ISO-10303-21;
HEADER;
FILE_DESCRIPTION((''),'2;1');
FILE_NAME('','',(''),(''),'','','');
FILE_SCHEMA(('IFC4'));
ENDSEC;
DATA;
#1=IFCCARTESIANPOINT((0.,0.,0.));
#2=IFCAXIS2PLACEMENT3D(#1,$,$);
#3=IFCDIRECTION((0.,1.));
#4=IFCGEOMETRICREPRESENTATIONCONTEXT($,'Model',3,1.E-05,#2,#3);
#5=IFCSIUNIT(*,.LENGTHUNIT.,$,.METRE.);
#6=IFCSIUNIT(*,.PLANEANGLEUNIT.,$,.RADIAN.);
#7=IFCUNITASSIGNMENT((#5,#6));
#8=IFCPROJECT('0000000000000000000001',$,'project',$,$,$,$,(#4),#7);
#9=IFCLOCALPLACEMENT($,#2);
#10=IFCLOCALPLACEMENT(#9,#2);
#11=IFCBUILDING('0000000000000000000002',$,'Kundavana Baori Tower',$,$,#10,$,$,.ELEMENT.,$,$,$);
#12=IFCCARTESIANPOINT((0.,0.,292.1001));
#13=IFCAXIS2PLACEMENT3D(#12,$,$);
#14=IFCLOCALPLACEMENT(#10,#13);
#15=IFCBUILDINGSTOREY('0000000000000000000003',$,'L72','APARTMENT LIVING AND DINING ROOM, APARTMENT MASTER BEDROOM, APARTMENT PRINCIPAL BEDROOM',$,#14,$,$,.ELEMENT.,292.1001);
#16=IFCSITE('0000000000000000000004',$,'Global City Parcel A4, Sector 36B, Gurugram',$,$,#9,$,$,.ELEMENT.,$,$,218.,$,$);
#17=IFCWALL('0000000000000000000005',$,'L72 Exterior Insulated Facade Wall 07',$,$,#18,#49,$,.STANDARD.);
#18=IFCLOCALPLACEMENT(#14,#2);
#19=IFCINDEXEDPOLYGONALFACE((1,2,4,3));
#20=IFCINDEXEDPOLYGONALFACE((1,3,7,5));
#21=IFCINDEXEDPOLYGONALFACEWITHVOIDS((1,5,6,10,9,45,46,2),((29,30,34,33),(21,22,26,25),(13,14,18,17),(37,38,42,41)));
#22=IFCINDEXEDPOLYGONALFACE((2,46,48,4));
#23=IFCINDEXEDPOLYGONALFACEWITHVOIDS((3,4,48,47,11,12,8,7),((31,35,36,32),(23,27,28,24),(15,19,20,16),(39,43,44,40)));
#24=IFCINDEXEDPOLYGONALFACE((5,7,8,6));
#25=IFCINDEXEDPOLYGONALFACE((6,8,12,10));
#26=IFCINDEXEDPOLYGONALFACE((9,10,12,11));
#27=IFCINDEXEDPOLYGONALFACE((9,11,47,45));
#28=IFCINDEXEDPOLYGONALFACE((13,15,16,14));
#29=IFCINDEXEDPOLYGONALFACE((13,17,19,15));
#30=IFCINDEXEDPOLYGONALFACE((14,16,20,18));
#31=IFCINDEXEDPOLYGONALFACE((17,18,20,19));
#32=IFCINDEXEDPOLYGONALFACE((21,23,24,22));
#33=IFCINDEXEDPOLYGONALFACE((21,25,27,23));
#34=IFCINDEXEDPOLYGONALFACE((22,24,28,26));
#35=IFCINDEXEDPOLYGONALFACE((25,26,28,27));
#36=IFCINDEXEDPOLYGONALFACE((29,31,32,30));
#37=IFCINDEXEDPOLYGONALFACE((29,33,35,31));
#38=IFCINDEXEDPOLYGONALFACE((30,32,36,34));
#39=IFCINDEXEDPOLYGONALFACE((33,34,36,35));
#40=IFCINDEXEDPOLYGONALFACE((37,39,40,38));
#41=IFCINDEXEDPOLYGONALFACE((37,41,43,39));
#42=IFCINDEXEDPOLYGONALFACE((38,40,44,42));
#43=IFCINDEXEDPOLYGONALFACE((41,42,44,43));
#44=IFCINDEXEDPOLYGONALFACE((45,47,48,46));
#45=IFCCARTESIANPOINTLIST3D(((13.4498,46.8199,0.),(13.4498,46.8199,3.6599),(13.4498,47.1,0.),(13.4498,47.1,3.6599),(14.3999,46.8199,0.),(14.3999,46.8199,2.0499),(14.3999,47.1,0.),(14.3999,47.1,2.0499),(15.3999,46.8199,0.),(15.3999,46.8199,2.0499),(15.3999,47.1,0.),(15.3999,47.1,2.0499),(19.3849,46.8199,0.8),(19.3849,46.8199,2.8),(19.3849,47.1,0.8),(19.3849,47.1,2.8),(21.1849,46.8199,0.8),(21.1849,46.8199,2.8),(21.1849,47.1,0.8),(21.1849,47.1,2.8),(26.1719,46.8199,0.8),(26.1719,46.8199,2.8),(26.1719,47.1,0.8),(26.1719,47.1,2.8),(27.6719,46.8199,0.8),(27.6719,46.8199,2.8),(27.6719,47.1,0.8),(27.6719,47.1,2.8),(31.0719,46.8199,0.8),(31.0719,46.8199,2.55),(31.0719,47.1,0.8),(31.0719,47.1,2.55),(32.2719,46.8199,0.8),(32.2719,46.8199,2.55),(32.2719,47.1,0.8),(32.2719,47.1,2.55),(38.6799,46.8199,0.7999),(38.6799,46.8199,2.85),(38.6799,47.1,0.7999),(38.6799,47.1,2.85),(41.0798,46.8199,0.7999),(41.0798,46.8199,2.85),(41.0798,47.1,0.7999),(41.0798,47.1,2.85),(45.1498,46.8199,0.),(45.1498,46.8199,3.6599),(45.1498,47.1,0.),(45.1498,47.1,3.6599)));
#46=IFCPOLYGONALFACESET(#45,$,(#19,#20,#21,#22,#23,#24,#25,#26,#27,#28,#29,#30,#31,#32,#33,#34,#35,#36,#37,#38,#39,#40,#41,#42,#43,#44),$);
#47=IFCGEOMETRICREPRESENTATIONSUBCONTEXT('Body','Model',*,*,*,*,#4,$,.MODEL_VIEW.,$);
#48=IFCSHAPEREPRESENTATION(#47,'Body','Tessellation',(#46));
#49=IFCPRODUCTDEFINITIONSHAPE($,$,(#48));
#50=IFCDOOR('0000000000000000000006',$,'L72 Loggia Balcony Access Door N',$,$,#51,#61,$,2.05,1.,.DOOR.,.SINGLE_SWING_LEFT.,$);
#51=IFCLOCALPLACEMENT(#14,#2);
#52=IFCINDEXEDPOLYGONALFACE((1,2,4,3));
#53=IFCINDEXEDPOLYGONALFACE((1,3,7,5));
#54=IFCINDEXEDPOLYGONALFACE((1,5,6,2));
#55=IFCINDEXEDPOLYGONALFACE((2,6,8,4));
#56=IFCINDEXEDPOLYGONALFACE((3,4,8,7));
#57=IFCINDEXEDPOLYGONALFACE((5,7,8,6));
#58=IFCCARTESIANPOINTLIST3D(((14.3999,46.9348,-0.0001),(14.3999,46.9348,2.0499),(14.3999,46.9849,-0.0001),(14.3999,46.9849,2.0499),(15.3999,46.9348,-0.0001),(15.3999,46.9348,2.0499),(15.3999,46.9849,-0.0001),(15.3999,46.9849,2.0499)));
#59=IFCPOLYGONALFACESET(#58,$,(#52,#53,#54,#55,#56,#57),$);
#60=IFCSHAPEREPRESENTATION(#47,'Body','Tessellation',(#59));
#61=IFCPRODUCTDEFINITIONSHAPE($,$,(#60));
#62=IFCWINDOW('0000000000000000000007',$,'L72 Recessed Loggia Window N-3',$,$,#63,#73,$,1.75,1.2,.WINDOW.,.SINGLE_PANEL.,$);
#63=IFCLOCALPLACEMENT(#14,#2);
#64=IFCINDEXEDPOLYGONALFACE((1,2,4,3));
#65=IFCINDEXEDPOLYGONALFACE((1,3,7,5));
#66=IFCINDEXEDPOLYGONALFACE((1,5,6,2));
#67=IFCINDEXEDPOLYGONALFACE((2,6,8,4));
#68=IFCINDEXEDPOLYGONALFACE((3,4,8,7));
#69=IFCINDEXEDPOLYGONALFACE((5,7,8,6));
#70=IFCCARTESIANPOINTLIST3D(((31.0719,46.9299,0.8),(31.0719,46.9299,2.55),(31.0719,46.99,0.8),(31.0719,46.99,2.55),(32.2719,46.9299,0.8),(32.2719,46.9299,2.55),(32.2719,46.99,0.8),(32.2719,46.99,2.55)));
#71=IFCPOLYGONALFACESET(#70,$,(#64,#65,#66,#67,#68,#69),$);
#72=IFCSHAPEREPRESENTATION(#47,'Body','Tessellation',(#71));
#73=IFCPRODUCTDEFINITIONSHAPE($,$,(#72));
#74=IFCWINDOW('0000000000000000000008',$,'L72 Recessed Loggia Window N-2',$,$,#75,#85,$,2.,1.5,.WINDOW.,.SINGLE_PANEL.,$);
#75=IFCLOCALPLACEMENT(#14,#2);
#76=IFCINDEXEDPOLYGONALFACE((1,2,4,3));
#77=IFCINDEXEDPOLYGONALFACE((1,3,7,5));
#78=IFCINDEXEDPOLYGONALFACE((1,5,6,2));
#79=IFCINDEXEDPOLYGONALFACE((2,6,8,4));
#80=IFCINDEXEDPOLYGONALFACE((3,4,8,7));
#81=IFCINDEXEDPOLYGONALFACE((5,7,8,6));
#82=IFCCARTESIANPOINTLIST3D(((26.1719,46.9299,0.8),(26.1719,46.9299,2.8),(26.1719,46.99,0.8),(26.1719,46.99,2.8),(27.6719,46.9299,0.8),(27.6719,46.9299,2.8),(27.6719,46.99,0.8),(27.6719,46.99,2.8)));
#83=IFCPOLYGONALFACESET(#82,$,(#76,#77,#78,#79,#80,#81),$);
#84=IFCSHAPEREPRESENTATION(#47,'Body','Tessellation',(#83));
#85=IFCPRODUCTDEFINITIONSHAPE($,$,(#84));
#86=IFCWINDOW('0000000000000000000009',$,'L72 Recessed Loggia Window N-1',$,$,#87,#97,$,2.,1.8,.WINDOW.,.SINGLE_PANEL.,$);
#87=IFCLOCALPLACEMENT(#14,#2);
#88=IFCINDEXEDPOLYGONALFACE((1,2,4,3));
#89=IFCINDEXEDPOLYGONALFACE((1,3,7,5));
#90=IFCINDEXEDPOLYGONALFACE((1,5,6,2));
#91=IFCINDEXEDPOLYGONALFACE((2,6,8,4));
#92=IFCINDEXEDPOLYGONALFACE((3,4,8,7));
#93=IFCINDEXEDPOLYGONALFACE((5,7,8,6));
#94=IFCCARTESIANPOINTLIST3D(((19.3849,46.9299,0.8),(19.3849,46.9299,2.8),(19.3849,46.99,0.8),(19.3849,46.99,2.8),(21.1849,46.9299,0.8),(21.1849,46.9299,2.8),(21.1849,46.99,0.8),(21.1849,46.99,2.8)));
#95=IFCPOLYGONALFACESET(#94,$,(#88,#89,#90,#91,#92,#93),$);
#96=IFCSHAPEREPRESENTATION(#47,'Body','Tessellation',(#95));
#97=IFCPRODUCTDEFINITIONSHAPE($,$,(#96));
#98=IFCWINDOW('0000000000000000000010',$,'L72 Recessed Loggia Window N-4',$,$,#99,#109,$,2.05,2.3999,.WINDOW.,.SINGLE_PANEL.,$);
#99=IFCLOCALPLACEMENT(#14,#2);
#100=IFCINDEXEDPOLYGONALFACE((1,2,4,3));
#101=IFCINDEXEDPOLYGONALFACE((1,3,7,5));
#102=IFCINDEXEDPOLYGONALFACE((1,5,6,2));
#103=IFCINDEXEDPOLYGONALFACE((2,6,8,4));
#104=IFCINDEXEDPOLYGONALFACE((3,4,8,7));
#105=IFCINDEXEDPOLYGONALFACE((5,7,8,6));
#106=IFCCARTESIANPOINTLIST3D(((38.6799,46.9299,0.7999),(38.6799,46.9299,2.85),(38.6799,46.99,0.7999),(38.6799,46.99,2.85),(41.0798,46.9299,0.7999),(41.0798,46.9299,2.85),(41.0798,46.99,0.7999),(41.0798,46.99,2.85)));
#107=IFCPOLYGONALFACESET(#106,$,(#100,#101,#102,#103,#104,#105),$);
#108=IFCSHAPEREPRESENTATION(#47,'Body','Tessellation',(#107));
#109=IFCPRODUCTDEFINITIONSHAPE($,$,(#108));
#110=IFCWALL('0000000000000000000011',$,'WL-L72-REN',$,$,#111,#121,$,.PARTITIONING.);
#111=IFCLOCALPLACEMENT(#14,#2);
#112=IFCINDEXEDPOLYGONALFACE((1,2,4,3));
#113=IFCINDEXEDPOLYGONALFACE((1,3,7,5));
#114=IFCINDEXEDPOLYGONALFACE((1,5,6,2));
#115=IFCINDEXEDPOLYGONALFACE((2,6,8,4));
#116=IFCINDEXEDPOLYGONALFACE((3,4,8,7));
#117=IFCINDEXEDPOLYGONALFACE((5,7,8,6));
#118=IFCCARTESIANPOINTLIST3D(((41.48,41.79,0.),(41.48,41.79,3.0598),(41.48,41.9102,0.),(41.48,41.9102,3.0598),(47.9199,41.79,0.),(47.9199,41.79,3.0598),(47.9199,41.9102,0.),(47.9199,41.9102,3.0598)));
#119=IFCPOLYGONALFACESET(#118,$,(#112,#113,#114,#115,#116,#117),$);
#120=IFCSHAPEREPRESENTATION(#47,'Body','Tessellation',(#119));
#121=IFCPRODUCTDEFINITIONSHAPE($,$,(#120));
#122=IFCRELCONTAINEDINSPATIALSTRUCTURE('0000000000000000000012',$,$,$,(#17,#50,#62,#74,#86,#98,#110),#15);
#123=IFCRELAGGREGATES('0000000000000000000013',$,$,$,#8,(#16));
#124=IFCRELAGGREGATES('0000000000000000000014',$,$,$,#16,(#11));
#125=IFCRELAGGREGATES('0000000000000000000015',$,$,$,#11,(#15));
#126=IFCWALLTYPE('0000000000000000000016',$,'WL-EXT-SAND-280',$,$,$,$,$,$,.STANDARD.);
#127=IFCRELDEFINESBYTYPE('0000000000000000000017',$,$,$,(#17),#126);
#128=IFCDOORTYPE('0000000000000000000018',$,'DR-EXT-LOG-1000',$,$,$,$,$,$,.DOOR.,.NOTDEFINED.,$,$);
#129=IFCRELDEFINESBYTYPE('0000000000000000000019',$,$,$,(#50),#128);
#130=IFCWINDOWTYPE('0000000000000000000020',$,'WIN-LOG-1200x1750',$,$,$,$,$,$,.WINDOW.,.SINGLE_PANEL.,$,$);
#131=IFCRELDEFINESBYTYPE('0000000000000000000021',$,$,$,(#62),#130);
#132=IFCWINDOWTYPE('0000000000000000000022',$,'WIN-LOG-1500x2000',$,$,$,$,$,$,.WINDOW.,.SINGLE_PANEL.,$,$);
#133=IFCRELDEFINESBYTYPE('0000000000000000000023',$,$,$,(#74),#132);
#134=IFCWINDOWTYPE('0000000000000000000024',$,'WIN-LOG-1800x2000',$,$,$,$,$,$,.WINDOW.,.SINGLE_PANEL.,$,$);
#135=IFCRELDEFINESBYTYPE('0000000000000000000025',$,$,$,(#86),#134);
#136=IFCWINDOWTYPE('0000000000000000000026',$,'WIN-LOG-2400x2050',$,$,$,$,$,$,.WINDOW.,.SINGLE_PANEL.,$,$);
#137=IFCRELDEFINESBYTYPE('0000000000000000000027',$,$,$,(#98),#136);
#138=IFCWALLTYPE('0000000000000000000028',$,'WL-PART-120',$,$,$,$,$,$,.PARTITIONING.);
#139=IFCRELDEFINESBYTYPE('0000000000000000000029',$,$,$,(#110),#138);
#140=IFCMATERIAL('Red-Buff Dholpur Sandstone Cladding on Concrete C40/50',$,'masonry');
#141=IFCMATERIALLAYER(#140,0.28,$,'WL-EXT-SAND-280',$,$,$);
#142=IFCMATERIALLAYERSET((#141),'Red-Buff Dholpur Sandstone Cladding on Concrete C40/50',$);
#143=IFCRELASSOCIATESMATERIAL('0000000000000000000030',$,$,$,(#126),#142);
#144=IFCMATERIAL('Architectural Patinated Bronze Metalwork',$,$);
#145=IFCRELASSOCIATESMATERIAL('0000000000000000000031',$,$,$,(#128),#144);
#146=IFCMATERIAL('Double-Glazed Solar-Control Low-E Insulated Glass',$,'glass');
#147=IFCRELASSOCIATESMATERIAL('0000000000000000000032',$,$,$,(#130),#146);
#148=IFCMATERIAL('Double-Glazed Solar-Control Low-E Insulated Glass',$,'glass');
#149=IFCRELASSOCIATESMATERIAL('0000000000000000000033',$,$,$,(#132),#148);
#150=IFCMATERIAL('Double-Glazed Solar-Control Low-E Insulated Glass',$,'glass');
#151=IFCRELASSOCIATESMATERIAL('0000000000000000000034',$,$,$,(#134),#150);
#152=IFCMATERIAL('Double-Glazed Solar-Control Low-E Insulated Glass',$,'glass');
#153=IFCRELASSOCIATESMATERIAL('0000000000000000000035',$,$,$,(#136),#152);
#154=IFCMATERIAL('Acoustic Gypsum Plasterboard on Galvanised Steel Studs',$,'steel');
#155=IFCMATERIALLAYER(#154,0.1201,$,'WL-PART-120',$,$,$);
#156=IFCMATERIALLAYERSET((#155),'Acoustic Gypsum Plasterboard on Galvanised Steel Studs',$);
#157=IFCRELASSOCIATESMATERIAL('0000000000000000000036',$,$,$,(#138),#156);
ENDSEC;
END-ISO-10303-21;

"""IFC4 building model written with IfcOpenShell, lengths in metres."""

from ifc_helpers import new_model, si_unit, direction, frame, frame_2d, origin, place, context, subcontext, project, spatial, rectangle, extrude, material, layer, layer_set, type_object, element, fill, save


model = new_model("IFC4")

# Units and contexts
model_context = context("Model", 3, precision=1e-05, world=origin(), true_north=direction((0.0, 1.0)))
body_context = subcontext(model_context, "Body", "Model", "MODEL_VIEW")
ifc_project = project(units=[si_unit("LENGTHUNIT", "METRE"), si_unit("PLANEANGLEUNIT", "RADIAN")], contexts=[model_context])

# Site, building, storey
site_placement = place(None, origin())
site = spatial("IfcSite", under=ifc_project, at=site_placement, Name="Global City Parcel A4, Sector 36B, Gurugram", CompositionType="ELEMENT", RefElevation=218.0)
building_placement = place(site_placement, origin())
building = spatial("IfcBuilding", under=site, at=building_placement, Name="Kundavana Baori Tower", CompositionType="ELEMENT")
storey_placement = place(building_placement, frame((0.0, 0.0, 292.1001)))
storey = spatial("IfcBuildingStorey", under=building, at=storey_placement, Name="L72", Description="APARTMENT LIVING AND DINING ROOM, APARTMENT MASTER BEDROOM, APARTMENT PRINCIPAL BEDROOM", CompositionType="ELEMENT", Elevation=292.1001)

# Shared definitions
ifc_material_1 = material(Name="Red-Buff Dholpur Sandstone Cladding on Concrete C40/50", Category="masonry")
ifc_layer_1 = layer(ifc_material_1, 0.28, Name="WL-EXT-SAND-280")
ifc_layer_set_1 = layer_set([ifc_layer_1], Name="Red-Buff Dholpur Sandstone Cladding on Concrete C40/50")
wall_type_1 = type_object("IfcWallType", Name="WL-EXT-SAND-280", PredefinedType="STANDARD", material=ifc_layer_set_1)

# Wall, openings, door, windows
wall_1_placement = place(storey_placement, frame((45.1499, 46.96, 0.0), z_axis=(0.0, 0.0, 1.0), x_axis=(-1.0, 0.0, 0.0)))
wall_1 = element("IfcWall", 1, at=wall_1_placement, inside=storey, type_object=wall_type_1, Name="L72 Exterior Insulated Facade Wall 07", PredefinedType="STANDARD", context=body_context, shape_type="SweptSolid", body=[
    extrude(rectangle(XDim=31.7, YDim=0.28, at=frame_2d((15.8501, 0.0))), origin(), (0.0, 0.0, 1.0), 3.6599),
])
opening_1_placement = place(wall_1_placement, frame((29.75, 0.0, 0.0)))
opening_1 = element("IfcOpeningElement", 2, at=opening_1_placement, cuts=wall_1, PredefinedType="OPENING", context=body_context, shape_type="SweptSolid", body=[
    extrude(rectangle(XDim=1.0, YDim=2.05, at=frame_2d((0.5, 1.0249))), frame((0.0, 0.1499, 0.0), z_axis=(0.0, -1.0, 0.0), x_axis=(1.0, 0.0, 0.0)), (0.0, 0.0, 1.0), 0.3),
])
opening_2_placement = place(wall_1_placement, frame((23.9651, 0.0, 0.8)))
opening_2 = element("IfcOpeningElement", 3, at=opening_2_placement, cuts=wall_1, PredefinedType="OPENING", context=body_context, shape_type="SweptSolid", body=[
    extrude(rectangle(XDim=1.8, YDim=2.0, at=frame_2d((0.8999, 1.0))), frame((0.0, 0.1499, 0.0), z_axis=(0.0, -1.0, 0.0), x_axis=(1.0, 0.0, 0.0)), (0.0, 0.0, 1.0), 0.3),
])
opening_3_placement = place(wall_1_placement, frame((17.478, 0.0, 0.8)))
opening_3 = element("IfcOpeningElement", 4, at=opening_3_placement, cuts=wall_1, PredefinedType="OPENING", context=body_context, shape_type="SweptSolid", body=[
    extrude(rectangle(XDim=1.5, YDim=2.0, at=frame_2d((0.75, 1.0))), frame((0.0, 0.1499, 0.0), z_axis=(0.0, -1.0, 0.0), x_axis=(1.0, 0.0, 0.0)), (0.0, 0.0, 1.0), 0.3),
])
opening_4_placement = place(wall_1_placement, frame((12.8779, 0.0, 0.8)))
opening_4 = element("IfcOpeningElement", 5, at=opening_4_placement, cuts=wall_1, PredefinedType="OPENING", context=body_context, shape_type="SweptSolid", body=[
    extrude(rectangle(XDim=1.2, YDim=1.75, at=frame_2d((0.6001, 0.875))), frame((0.0, 0.1499, 0.0), z_axis=(0.0, -1.0, 0.0), x_axis=(1.0, 0.0, 0.0)), (0.0, 0.0, 1.0), 0.3),
])
opening_5_placement = place(wall_1_placement, frame((4.0701, 0.0, 0.8)))
opening_5 = element("IfcOpeningElement", 6, at=opening_5_placement, cuts=wall_1, PredefinedType="OPENING", context=body_context, shape_type="SweptSolid", body=[
    extrude(rectangle(XDim=2.3999, YDim=2.05, at=frame_2d((1.2, 1.0249))), frame((0.0, 0.1499, 0.0), z_axis=(0.0, -1.0, 0.0), x_axis=(1.0, 0.0, 0.0)), (0.0, 0.0, 1.0), 0.3),
])
ifc_material_2 = material(Name="Architectural Patinated Bronze Metalwork")
door_type_1 = type_object("IfcDoorType", Name="DR-EXT-LOG-1000", OperationType="NOTDEFINED", PredefinedType="DOOR", material=ifc_material_2)
door_1_placement = place(opening_1_placement, frame((1.0, 0.0, 0.0), z_axis=(0.0, 0.0, 1.0), x_axis=(-1.0, 0.0, 0.0)))
door_1 = element("IfcDoor", 7, at=door_1_placement, inside=storey, type_object=door_type_1, Name="L72 Loggia Balcony Access Door N", OperationType="SINGLE_SWING_LEFT", OverallHeight=2.05, OverallWidth=1.0, PredefinedType="DOOR", context=body_context, shape_type="SweptSolid", body=[
    extrude(rectangle(XDim=1.0, YDim=2.05, at=frame_2d((0.5, 1.0249))), frame((0.0, 0.0249, 0.0), z_axis=(0.0, -1.0, 0.0), x_axis=(1.0, 0.0, 0.0)), (0.0, 0.0, 1.0), 0.05),
])
fill(opening_1, door_1)
ifc_material_3 = material(Name="Double-Glazed Solar-Control Low-E Insulated Glass", Category="glass")
window_type_1 = type_object("IfcWindowType", Name="WIN-LOG-1200x1750", PartitioningType="SINGLE_PANEL", PredefinedType="WINDOW", material=ifc_material_3)
window_1_placement = place(opening_4_placement, origin())
window_1 = element("IfcWindow", 8, at=window_1_placement, inside=storey, type_object=window_type_1, Name="L72 Recessed Loggia Window N-3", OverallHeight=1.75, OverallWidth=1.2, PartitioningType="SINGLE_PANEL", PredefinedType="WINDOW", context=body_context, shape_type="SweptSolid", body=[
    extrude(rectangle(XDim=1.2, YDim=1.75, at=frame_2d((0.6001, 0.875))), frame((0.0, 0.03, 0.0), z_axis=(0.0, -1.0, 0.0), x_axis=(1.0, 0.0, 0.0)), (0.0, 0.0, 1.0), 0.0601),
])
fill(opening_4, window_1)
ifc_material_4 = material(Name="Double-Glazed Solar-Control Low-E Insulated Glass", Category="glass")
window_type_2 = type_object("IfcWindowType", Name="WIN-LOG-1500x2000", PartitioningType="SINGLE_PANEL", PredefinedType="WINDOW", material=ifc_material_4)
window_2_placement = place(opening_3_placement, origin())
window_2 = element("IfcWindow", 9, at=window_2_placement, inside=storey, type_object=window_type_2, Name="L72 Recessed Loggia Window N-2", OverallHeight=2.0, OverallWidth=1.5, PartitioningType="SINGLE_PANEL", PredefinedType="WINDOW", context=body_context, shape_type="SweptSolid", body=[
    extrude(rectangle(XDim=1.5, YDim=2.0, at=frame_2d((0.75, 1.0))), frame((0.0, 0.03, 0.0), z_axis=(0.0, -1.0, 0.0), x_axis=(1.0, 0.0, 0.0)), (0.0, 0.0, 1.0), 0.0601),
])
fill(opening_3, window_2)
ifc_material_5 = material(Name="Double-Glazed Solar-Control Low-E Insulated Glass", Category="glass")
window_type_3 = type_object("IfcWindowType", Name="WIN-LOG-1800x2000", PartitioningType="SINGLE_PANEL", PredefinedType="WINDOW", material=ifc_material_5)
window_3_placement = place(opening_2_placement, origin())
window_3 = element("IfcWindow", 10, at=window_3_placement, inside=storey, type_object=window_type_3, Name="L72 Recessed Loggia Window N-1", OverallHeight=2.0, OverallWidth=1.8, PartitioningType="SINGLE_PANEL", PredefinedType="WINDOW", context=body_context, shape_type="SweptSolid", body=[
    extrude(rectangle(XDim=1.8, YDim=2.0, at=frame_2d((0.8999, 1.0))), frame((0.0, 0.03, 0.0), z_axis=(0.0, -1.0, 0.0), x_axis=(1.0, 0.0, 0.0)), (0.0, 0.0, 1.0), 0.0601),
])
fill(opening_2, window_3)
ifc_material_6 = material(Name="Double-Glazed Solar-Control Low-E Insulated Glass", Category="glass")
window_type_4 = type_object("IfcWindowType", Name="WIN-LOG-2400x2050", PartitioningType="SINGLE_PANEL", PredefinedType="WINDOW", material=ifc_material_6)
window_4_placement = place(opening_5_placement, origin())
window_4 = element("IfcWindow", 11, at=window_4_placement, inside=storey, type_object=window_type_4, Name="L72 Recessed Loggia Window N-4", OverallHeight=2.05, OverallWidth=2.3999, PartitioningType="SINGLE_PANEL", PredefinedType="WINDOW", context=body_context, shape_type="SweptSolid", body=[
    extrude(rectangle(XDim=2.3999, YDim=2.05, at=frame_2d((1.2, 1.0249))), frame((0.0, 0.03, 0.0), z_axis=(0.0, -1.0, 0.0), x_axis=(1.0, 0.0, 0.0)), (0.0, 0.0, 1.0), 0.0601),
])
fill(opening_5, window_4)

# Wall
ifc_material_7 = material(Name="Acoustic Gypsum Plasterboard on Galvanised Steel Studs", Category="steel")
ifc_layer_2 = layer(ifc_material_7, 0.1201, Name="WL-PART-120")
ifc_layer_set_2 = layer_set([ifc_layer_2], Name="Acoustic Gypsum Plasterboard on Galvanised Steel Studs")
wall_type_2 = type_object("IfcWallType", Name="WL-PART-120", PredefinedType="PARTITIONING", material=ifc_layer_set_2)
wall_2_placement = place(storey_placement, frame((41.48, 41.8501, 0.0), z_axis=(0.0, 0.0, 1.0), x_axis=(1.0, 0.0, 0.0)))
element("IfcWall", 12, at=wall_2_placement, inside=storey, type_object=wall_type_2, Name="WL-L72-REN", PredefinedType="PARTITIONING", context=body_context, shape_type="SweptSolid", body=[
    extrude(rectangle(XDim=6.4399, YDim=0.1201, at=frame_2d((3.22, 0.0))), origin(), (0.0, 0.0, 1.0), 3.0598),
])

save(model, "model.ifc")
